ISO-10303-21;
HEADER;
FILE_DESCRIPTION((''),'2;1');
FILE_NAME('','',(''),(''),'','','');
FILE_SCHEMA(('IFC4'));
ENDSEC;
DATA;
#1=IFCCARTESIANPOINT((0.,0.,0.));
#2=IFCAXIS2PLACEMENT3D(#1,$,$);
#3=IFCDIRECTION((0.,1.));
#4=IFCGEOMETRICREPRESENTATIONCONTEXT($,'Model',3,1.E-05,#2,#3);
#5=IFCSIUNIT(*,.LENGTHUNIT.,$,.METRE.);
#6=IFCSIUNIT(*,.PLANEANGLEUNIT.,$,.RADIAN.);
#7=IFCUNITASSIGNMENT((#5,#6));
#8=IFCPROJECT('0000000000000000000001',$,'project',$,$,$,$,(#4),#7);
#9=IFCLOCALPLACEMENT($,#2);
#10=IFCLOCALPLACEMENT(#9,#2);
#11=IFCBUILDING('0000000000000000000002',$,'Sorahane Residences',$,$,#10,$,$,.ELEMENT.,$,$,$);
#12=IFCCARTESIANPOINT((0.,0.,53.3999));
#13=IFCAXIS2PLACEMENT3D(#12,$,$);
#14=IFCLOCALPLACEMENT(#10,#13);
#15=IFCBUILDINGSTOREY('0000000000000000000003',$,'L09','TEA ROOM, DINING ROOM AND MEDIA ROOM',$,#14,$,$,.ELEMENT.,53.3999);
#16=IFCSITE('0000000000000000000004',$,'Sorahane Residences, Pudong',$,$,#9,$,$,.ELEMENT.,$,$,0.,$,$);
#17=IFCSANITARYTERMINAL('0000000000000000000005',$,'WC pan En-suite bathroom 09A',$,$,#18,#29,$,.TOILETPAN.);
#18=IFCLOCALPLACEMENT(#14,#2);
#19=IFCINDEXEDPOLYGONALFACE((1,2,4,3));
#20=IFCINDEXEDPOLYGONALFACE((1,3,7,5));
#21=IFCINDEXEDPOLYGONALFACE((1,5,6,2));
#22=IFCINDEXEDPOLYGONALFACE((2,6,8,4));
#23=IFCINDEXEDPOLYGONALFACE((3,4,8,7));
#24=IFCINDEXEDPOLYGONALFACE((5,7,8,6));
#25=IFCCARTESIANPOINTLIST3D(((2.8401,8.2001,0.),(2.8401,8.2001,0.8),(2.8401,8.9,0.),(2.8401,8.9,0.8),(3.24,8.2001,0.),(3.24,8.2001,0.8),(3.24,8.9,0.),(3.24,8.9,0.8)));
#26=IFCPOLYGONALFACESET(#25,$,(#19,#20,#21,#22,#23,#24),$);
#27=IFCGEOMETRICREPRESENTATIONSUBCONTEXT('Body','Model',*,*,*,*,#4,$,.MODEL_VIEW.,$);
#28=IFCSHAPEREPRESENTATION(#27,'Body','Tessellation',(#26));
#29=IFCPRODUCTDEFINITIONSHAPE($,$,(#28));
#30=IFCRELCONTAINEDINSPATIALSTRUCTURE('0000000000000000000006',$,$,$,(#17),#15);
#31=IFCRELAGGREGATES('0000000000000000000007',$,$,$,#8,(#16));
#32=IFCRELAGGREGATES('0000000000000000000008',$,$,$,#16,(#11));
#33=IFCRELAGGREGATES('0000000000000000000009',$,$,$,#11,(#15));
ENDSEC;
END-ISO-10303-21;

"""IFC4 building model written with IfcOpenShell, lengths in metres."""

from ifc_helpers import new_model, si_unit, direction, frame, origin, origin_2d, place, context, subcontext, project, spatial, rectangle, extrude, element, save


model = new_model("IFC4")

# Units and contexts
model_context = context("Model", 3, precision=1e-05, world=origin(), true_north=direction((0.0, 1.0)))
body_context = subcontext(model_context, "Body", "Model", "MODEL_VIEW")
ifc_project = project(units=[si_unit("LENGTHUNIT", "METRE"), si_unit("PLANEANGLEUNIT", "RADIAN")], contexts=[model_context])

# Site, building, storey
site_placement = place(None, origin())
site = spatial("IfcSite", under=ifc_project, at=site_placement, Name="Sorahane Residences, Pudong", CompositionType="ELEMENT", RefElevation=0.0)
building_placement = place(site_placement, origin())
building = spatial("IfcBuilding", under=site, at=building_placement, Name="Sorahane Residences", CompositionType="ELEMENT")
storey_placement = place(building_placement, frame((0.0, 0.0, 53.3999)))
storey = spatial("IfcBuildingStorey", under=building, at=storey_placement, Name="L09", Description="TEA ROOM, DINING ROOM AND MEDIA ROOM", CompositionType="ELEMENT", Elevation=53.3999)

# Sanitary terminal
sanitary_terminal_1_placement = place(storey_placement, frame((3.04, 8.55, 0.0), z_axis=(0.0, 0.0, 1.0), x_axis=(1.0, 0.0, 0.0)))
element("IfcSanitaryTerminal", 1, at=sanitary_terminal_1_placement, inside=storey, Name="WC pan En-suite bathroom 09A", PredefinedType="TOILETPAN", context=body_context, shape_type="SweptSolid", body=[
    extrude(rectangle(XDim=0.3999, YDim=0.7, at=origin_2d()), origin(), (0.0, 0.0, 1.0), 0.8),
])

save(model, "model.ifc")
